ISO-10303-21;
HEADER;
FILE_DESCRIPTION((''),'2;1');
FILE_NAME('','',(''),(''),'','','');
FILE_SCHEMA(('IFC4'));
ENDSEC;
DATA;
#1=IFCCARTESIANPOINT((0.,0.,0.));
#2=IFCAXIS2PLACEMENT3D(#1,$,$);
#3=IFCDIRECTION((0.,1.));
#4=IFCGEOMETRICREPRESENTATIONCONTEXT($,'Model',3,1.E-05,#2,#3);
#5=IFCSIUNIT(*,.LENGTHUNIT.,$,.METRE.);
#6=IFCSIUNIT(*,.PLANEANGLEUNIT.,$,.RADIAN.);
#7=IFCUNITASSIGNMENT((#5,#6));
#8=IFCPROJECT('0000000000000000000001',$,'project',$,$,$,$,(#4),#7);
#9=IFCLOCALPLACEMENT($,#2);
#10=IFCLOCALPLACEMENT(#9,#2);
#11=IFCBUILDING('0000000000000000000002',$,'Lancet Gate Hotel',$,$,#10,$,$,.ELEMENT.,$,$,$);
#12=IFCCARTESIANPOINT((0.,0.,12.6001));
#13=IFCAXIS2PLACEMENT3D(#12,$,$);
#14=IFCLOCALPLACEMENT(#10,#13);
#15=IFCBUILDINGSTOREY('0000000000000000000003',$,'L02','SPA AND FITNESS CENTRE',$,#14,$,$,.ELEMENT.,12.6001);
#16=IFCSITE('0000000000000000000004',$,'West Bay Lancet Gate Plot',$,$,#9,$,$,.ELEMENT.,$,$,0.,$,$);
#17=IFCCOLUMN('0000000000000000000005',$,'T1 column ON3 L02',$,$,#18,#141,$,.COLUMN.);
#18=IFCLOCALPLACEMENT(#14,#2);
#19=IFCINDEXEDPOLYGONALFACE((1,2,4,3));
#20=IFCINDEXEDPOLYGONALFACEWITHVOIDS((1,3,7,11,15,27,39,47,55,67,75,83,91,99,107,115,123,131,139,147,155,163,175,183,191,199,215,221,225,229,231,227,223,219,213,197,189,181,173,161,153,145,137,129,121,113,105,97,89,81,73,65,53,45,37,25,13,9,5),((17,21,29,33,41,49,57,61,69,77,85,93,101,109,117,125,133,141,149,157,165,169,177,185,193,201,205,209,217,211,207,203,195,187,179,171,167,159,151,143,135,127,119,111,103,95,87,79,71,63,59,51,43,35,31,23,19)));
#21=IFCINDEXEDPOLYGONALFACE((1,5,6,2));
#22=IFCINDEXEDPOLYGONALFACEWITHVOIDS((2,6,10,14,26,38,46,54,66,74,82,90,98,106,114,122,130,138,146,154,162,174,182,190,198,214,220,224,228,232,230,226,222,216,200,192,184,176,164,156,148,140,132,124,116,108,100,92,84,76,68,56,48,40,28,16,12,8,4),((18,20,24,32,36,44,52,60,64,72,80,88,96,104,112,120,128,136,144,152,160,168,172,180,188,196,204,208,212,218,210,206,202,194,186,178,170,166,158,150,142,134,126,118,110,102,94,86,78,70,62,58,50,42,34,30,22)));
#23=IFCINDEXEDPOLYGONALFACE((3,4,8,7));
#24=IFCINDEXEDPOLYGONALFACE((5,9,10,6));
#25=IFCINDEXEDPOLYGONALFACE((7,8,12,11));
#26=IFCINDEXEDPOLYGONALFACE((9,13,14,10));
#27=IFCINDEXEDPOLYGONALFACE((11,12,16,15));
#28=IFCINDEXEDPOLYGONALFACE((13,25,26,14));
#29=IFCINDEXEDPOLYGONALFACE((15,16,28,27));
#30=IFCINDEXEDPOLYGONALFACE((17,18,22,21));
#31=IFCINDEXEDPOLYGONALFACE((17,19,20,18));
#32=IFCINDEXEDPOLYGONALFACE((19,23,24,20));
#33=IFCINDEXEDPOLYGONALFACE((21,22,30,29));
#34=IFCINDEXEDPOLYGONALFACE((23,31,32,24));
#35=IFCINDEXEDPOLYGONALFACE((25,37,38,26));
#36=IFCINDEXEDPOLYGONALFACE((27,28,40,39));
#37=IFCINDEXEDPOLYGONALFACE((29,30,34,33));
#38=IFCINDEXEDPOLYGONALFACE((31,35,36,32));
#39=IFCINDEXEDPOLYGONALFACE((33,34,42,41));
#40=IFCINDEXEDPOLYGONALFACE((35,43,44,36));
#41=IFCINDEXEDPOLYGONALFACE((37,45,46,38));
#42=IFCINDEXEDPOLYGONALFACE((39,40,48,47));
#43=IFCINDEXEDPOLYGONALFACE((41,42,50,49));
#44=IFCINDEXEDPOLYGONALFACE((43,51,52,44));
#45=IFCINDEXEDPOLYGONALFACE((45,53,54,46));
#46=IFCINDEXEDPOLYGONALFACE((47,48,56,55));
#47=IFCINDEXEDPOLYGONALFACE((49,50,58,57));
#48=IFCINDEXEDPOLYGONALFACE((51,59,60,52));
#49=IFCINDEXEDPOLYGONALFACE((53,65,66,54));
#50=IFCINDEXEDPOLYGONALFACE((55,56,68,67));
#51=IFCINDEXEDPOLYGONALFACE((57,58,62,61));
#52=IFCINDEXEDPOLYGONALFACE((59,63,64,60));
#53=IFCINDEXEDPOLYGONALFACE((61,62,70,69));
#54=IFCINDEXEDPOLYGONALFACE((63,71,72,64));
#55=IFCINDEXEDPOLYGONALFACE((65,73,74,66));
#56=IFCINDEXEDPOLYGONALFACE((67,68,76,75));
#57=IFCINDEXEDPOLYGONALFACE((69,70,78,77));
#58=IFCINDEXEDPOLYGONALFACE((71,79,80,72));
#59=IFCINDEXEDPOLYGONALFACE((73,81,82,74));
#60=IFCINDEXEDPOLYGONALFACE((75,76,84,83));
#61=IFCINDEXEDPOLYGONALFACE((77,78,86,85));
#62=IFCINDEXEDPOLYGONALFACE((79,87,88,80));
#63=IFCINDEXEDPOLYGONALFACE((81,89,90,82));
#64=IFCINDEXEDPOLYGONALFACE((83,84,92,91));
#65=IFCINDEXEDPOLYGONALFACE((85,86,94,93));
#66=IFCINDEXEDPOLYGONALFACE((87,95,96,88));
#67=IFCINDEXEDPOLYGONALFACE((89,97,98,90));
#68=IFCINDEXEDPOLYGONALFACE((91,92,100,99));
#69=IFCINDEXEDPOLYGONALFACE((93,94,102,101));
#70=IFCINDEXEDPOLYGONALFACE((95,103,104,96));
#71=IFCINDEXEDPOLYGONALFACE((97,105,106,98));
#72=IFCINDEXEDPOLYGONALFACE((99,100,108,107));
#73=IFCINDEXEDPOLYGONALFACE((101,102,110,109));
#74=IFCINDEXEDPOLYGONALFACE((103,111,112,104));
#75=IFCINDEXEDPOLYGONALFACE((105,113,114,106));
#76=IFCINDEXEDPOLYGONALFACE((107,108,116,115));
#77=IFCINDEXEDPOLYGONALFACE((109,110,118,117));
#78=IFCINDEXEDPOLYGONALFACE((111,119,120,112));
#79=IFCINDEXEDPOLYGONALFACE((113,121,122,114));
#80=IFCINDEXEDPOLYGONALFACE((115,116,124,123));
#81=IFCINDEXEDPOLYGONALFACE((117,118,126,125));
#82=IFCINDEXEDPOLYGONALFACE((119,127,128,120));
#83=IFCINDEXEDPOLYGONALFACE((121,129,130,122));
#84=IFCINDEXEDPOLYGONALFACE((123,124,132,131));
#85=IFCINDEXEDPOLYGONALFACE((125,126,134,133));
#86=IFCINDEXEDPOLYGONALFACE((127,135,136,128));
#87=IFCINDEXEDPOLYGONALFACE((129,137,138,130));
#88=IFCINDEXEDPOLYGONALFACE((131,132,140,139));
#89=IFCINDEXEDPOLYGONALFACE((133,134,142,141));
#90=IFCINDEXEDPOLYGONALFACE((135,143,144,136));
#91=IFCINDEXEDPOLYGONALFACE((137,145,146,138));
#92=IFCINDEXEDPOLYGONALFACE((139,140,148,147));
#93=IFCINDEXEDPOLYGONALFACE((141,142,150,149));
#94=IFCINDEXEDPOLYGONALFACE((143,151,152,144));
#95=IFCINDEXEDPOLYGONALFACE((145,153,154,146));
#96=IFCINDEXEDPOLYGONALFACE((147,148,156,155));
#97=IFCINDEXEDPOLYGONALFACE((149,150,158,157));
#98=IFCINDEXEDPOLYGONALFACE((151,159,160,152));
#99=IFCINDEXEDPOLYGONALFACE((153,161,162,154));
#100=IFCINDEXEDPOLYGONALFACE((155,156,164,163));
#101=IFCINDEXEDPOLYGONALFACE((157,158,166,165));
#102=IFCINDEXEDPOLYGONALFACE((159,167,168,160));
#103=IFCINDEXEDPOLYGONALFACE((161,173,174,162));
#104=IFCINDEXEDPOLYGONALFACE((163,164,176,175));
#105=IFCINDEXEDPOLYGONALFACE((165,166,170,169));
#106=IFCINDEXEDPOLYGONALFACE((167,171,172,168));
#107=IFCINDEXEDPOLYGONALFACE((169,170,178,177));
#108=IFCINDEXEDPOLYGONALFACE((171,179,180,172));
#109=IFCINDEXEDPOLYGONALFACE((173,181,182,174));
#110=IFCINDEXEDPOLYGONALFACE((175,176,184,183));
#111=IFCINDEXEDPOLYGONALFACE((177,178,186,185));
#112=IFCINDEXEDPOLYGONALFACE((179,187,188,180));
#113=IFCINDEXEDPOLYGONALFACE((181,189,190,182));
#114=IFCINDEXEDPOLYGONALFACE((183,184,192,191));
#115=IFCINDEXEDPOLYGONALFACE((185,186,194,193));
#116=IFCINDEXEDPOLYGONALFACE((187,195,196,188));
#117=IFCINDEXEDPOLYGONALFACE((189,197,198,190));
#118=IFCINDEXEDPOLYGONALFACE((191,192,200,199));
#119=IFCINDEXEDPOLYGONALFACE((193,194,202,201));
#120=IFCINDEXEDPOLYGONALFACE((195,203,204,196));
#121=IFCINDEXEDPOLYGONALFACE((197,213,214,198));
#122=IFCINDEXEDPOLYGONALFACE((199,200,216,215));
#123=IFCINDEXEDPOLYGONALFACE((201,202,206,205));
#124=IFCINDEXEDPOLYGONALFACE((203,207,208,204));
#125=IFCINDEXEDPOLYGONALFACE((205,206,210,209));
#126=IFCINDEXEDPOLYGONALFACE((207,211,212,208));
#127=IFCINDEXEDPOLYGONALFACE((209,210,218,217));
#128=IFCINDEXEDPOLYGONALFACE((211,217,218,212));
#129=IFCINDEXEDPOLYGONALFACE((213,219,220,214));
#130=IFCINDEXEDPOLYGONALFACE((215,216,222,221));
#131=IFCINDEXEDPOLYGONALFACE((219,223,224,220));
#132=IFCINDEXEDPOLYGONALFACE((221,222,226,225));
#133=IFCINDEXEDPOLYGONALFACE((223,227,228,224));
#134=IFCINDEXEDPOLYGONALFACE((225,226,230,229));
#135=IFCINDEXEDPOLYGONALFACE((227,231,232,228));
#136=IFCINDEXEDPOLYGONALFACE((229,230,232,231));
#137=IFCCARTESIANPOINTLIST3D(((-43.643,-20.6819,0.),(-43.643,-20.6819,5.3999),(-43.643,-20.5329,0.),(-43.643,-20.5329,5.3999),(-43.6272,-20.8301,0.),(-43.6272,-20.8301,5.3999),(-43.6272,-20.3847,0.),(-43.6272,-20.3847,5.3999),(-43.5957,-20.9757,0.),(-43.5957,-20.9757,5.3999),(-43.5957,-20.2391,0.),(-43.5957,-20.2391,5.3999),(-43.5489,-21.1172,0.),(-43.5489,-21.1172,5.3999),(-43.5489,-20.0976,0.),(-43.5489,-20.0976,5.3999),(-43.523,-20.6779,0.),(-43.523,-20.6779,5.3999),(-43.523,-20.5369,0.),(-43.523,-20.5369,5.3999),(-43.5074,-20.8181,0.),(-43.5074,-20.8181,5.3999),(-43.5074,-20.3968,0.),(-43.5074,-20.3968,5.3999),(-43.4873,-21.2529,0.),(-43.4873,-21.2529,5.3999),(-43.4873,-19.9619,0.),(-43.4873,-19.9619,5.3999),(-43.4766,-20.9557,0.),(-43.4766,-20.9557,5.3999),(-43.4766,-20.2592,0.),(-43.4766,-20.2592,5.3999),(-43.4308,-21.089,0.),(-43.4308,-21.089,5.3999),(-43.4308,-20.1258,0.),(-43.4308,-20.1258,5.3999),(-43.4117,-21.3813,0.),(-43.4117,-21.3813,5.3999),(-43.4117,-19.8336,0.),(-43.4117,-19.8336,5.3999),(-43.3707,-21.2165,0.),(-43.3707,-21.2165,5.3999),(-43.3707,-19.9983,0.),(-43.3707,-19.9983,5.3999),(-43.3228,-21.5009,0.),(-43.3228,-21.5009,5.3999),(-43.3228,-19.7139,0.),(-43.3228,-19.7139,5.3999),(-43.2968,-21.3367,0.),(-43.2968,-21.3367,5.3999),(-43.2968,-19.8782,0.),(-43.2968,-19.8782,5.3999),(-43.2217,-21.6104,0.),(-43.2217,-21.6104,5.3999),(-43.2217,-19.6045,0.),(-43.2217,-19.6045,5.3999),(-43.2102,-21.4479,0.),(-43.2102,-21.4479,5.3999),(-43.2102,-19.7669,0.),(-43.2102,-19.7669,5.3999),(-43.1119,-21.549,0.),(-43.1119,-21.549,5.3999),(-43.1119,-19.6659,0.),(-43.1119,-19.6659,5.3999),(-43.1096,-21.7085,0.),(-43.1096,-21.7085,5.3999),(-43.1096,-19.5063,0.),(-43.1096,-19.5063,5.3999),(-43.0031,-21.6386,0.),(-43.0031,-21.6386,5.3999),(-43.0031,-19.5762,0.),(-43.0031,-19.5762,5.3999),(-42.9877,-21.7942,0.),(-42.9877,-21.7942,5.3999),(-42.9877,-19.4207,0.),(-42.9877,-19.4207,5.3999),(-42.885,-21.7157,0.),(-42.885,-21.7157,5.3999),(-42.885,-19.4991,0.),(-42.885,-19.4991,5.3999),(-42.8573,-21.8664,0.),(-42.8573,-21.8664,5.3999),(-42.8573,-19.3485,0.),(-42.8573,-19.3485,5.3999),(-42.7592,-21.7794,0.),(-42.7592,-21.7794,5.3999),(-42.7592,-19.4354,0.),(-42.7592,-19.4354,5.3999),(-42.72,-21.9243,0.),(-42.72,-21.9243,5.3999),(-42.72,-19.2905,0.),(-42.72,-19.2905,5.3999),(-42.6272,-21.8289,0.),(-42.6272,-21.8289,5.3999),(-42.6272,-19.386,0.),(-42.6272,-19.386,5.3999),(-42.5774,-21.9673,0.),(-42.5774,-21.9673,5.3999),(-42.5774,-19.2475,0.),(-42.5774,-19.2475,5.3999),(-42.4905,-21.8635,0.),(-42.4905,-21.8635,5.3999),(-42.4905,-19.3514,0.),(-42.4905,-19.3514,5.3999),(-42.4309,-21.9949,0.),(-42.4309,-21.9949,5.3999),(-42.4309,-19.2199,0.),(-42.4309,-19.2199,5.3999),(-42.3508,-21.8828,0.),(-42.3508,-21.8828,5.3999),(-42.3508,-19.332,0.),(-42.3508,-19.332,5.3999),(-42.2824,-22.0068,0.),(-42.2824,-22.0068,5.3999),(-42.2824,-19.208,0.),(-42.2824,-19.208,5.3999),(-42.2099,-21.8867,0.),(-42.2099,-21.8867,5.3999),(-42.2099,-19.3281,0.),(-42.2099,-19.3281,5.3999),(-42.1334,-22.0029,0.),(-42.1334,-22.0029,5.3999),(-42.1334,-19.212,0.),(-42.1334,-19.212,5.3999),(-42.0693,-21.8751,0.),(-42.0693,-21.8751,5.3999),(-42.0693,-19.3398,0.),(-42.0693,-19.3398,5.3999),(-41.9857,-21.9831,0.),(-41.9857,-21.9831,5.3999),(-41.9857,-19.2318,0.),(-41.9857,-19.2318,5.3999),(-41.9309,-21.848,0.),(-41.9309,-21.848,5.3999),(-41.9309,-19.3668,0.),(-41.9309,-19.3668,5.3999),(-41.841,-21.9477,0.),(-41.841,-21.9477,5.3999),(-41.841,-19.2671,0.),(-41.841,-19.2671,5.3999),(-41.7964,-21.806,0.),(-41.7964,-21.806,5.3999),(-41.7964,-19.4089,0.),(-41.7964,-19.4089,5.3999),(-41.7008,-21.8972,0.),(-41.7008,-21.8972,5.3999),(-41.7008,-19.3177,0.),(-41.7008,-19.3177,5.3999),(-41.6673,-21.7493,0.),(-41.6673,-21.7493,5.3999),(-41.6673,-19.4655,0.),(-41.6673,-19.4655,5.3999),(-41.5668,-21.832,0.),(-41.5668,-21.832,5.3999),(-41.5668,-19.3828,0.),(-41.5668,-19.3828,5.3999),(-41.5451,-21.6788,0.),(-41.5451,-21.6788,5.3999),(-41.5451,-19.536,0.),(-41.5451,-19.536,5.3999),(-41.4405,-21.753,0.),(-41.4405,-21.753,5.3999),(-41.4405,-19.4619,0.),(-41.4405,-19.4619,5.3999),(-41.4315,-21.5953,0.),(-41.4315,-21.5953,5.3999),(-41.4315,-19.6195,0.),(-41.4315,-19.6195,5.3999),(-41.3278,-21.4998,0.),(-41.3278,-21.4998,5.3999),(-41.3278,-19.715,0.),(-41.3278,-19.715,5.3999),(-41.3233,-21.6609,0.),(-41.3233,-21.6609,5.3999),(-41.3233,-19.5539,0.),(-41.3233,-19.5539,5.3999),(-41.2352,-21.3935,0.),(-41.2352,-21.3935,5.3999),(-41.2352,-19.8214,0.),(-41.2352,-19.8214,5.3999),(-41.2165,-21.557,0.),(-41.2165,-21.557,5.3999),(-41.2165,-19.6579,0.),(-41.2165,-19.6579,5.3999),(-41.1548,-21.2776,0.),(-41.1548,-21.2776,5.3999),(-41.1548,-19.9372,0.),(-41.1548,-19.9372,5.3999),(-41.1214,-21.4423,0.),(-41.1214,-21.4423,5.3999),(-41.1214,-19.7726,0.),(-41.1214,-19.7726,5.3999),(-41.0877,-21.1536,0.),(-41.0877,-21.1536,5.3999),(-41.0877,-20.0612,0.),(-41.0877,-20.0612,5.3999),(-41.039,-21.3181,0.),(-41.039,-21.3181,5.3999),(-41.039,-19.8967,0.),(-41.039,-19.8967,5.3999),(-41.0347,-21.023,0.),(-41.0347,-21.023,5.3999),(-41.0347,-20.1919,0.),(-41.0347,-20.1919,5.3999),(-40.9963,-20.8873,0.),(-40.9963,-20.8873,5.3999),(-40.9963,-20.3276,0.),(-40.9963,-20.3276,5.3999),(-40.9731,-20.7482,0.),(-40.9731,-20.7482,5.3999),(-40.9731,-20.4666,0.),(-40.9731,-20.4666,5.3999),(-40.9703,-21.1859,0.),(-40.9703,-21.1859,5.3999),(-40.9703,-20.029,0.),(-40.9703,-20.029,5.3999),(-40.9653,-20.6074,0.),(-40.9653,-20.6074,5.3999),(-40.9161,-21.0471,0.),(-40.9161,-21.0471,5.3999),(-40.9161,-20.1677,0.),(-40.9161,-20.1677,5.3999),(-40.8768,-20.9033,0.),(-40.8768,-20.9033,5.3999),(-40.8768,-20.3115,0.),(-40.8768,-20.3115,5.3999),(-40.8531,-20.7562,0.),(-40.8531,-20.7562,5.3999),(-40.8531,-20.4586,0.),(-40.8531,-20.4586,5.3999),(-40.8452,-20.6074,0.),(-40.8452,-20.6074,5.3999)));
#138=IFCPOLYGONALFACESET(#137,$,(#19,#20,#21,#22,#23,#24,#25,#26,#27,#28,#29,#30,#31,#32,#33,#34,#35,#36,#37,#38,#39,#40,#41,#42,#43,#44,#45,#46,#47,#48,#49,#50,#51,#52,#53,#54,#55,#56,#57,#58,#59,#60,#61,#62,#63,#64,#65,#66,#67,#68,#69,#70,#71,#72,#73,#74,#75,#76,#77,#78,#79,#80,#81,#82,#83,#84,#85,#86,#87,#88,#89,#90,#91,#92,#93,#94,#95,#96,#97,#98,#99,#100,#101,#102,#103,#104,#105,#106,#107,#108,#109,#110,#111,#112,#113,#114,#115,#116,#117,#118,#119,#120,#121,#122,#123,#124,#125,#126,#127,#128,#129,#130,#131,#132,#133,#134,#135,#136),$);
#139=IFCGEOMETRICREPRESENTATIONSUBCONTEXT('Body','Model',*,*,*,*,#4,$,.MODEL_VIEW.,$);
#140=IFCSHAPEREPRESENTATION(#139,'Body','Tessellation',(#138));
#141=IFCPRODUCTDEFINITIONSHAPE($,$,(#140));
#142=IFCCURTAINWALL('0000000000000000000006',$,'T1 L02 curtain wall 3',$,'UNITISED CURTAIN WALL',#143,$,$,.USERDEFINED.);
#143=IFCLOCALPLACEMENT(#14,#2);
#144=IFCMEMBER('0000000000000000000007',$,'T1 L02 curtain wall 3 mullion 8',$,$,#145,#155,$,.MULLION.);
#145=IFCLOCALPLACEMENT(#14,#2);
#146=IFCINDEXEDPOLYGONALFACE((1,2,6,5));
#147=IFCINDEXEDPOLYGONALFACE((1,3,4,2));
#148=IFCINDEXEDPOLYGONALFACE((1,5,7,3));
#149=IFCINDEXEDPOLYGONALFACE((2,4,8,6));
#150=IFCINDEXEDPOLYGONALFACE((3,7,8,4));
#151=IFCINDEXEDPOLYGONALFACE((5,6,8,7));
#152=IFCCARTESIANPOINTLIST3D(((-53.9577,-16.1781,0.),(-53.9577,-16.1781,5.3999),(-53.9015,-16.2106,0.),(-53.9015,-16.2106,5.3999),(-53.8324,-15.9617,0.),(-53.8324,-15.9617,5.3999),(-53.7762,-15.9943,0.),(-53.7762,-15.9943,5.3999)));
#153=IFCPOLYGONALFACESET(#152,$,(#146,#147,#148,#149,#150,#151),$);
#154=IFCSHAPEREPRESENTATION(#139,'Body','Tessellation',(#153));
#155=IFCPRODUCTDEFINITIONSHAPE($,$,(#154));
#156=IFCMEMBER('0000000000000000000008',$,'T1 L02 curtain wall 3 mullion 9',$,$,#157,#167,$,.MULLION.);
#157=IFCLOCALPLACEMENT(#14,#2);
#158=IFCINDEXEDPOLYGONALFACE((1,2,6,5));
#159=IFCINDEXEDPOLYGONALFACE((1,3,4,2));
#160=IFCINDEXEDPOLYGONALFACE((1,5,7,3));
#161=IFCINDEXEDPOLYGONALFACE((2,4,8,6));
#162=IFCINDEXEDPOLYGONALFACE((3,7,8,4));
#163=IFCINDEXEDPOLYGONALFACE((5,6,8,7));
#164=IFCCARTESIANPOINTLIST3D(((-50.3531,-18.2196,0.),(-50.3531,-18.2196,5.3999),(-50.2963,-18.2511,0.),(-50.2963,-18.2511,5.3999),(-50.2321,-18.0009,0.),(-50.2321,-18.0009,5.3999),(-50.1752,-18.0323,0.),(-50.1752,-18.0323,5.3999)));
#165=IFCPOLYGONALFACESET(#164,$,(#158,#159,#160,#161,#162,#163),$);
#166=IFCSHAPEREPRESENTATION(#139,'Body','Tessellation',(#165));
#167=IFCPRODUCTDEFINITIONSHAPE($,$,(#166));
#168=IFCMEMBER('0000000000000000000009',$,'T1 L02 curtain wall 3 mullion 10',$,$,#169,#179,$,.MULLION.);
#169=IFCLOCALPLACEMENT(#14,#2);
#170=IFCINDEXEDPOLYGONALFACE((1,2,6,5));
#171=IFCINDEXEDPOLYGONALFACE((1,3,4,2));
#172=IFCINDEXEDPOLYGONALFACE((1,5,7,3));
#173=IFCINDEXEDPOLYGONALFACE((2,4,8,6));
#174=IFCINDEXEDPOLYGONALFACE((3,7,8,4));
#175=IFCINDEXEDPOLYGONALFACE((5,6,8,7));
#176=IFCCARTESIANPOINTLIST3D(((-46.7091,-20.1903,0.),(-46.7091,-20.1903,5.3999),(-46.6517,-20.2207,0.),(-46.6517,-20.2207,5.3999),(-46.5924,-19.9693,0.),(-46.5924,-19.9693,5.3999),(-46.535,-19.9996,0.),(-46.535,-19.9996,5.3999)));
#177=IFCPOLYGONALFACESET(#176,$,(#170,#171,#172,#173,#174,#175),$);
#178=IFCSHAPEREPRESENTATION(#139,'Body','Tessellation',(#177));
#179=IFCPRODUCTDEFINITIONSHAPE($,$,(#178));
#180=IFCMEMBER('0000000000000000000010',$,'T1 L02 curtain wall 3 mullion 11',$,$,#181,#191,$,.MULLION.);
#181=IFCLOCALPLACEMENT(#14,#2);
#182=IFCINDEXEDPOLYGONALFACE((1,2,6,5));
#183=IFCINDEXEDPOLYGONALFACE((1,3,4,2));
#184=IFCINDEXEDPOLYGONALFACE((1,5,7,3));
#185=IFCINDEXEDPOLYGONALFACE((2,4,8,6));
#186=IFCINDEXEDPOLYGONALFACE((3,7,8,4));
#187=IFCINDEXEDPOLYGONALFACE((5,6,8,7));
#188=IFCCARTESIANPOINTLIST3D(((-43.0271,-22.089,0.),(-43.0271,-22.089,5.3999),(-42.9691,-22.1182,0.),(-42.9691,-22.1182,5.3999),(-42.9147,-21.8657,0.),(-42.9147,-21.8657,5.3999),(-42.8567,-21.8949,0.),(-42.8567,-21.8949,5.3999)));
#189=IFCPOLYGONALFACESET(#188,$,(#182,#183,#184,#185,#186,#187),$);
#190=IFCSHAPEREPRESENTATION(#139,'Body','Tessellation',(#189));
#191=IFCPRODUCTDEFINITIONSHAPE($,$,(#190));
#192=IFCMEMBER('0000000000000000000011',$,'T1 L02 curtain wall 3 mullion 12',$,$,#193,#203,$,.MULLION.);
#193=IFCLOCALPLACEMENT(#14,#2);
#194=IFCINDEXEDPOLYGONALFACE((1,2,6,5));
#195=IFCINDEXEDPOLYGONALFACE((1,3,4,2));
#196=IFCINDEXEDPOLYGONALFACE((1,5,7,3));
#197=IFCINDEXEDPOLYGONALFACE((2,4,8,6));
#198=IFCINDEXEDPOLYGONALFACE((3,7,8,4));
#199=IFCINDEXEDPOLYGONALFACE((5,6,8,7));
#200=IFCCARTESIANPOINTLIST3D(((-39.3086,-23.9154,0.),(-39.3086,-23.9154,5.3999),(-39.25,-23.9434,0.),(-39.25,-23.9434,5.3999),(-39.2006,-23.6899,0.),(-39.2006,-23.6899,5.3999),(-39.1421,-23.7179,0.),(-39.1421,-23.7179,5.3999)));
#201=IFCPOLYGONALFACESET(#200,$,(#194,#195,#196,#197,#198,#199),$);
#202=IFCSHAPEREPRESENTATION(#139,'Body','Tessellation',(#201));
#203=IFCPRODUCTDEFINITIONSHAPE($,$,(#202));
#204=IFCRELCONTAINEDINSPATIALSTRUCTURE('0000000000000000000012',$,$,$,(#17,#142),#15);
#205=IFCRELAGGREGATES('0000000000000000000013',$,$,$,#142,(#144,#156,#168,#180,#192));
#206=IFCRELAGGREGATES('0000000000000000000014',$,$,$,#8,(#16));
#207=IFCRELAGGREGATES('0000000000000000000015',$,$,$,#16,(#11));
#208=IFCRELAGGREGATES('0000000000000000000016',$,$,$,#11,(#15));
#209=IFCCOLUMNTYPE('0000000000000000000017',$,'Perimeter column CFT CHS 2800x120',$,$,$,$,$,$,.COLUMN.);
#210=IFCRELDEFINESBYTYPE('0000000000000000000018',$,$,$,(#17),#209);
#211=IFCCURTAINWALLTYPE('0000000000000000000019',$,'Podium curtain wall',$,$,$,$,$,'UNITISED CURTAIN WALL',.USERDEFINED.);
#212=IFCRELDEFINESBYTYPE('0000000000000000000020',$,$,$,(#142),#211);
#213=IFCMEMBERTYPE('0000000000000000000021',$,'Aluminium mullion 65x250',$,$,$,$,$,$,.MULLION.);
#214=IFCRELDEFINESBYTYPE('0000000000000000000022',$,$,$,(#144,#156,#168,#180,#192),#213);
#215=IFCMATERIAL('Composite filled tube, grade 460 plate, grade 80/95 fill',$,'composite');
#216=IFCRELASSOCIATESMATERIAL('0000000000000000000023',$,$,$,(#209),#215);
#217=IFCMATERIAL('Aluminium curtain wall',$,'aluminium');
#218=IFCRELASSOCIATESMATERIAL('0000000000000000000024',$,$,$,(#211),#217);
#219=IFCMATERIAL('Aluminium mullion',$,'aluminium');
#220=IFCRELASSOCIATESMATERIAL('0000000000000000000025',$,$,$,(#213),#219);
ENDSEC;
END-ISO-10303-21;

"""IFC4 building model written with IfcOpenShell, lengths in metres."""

from ifc_helpers import new_model, si_unit, direction, frame, origin, origin_2d, place, context, subcontext, project, spatial, rectangle, hollow_circle, extrude, material, material_profile, profile_set, type_object, element, aggregate, save


model = new_model("IFC4")

# Units and contexts
model_context = context("Model", 3, precision=1e-05, world=origin(), true_north=direction((0.0, 1.0)))
body_context = subcontext(model_context, "Body", "Model", "MODEL_VIEW")
ifc_project = project(units=[si_unit("LENGTHUNIT", "METRE"), si_unit("PLANEANGLEUNIT", "RADIAN")], contexts=[model_context])

# Site, building, storey
site_placement = place(None, origin())
site = spatial("IfcSite", under=ifc_project, at=site_placement, Name="West Bay Lancet Gate Plot", CompositionType="ELEMENT", RefElevation=0.0)
building_placement = place(site_placement, origin())
building = spatial("IfcBuilding", under=site, at=building_placement, Name="Lancet Gate Hotel", CompositionType="ELEMENT")
storey_placement = place(building_placement, frame((0.0, 0.0, 12.6001)))
storey = spatial("IfcBuildingStorey", under=building, at=storey_placement, Name="L02", Description="SPA AND FITNESS CENTRE", CompositionType="ELEMENT", Elevation=12.6001)

# Column
ifc_material_1 = material(Name="Composite filled tube, grade 460 plate, grade 80/95 fill", Category="composite")
ifc_material_profile_1 = material_profile(ifc_material_1, hollow_circle(Radius=1.3999, WallThickness=0.1201, at=origin_2d()), Name="CHS 2800x120")
ifc_profile_set_1 = profile_set([ifc_material_profile_1], Name="Composite filled tube, grade 460 plate, grade 80/95 fill")
column_type = type_object("IfcColumnType", Name="Perimeter column CFT CHS 2800x120", PredefinedType="COLUMN", material=ifc_profile_set_1)
for number, where, z_axis, x_axis, name in (
    (1, (-42.2451, -20.6074, 0.0), (0.0, 0.0, 1.0), (1.0, 0.0, 0.0), "T1 column ON3 L02"),
):
    element("IfcColumn", number, at=place(storey_placement, frame(where, z_axis=z_axis, x_axis=x_axis)), inside=storey, type_object=column_type, Name=name, PredefinedType="COLUMN", context=body_context, shape_type="SweptSolid", body=[
        extrude(hollow_circle(Radius=1.3999, WallThickness=0.1201, at=origin_2d()), origin(), (0.0, 0.0, 1.0), 5.3999),
    ])

# Curtain wall, members
ifc_material_2 = material(Name="Aluminium curtain wall", Category="aluminium")
curtain_wall_type = type_object("IfcCurtainWallType", Name="Podium curtain wall", ElementType="UNITISED CURTAIN WALL", PredefinedType="USERDEFINED", material=ifc_material_2)
curtain_wall_placement = place(storey_placement, origin())
curtain_wall = element("IfcCurtainWall", 2, at=curtain_wall_placement, inside=storey, type_object=curtain_wall_type, Name="T1 L02 curtain wall 3", ObjectType="UNITISED CURTAIN WALL", PredefinedType="USERDEFINED")
ifc_material_3 = material(Name="Aluminium mullion", Category="aluminium")
ifc_material_profile_2 = material_profile(ifc_material_3, rectangle(XDim=0.0649, YDim=0.25, at=origin_2d()), Name="MULLION 65x250")
ifc_profile_set_2 = profile_set([ifc_material_profile_2], Name="Aluminium mullion")
member_type_1 = type_object("IfcMemberType", Name="Aluminium mullion 65x250", PredefinedType="MULLION", material=ifc_profile_set_2)
member_1_placement = place(storey_placement, frame((-53.8669, -16.0862, 0.0), z_axis=(0.0, 0.0, 1.0), x_axis=(0.865335, -0.501194, 0.0)))
member_1 = element("IfcMember", 3, at=member_1_placement, type_object=member_type_1, Name="T1 L02 curtain wall 3 mullion 8", PredefinedType="MULLION", context=body_context, shape_type="SweptSolid", body=[
    extrude(rectangle(XDim=0.0649, YDim=0.25, at=origin_2d()), origin(), (0.0, 0.0, 1.0), 5.3999),
])
member_2_placement = place(storey_placement, frame((-50.2642, -18.126, 0.0), z_axis=(0.0, 0.0, 1.0), x_axis=(0.874991, -0.484139, 0.0)))
member_2 = element("IfcMember", 4, at=member_2_placement, type_object=member_type_1, Name="T1 L02 curtain wall 3 mullion 9", PredefinedType="MULLION", context=body_context, shape_type="SweptSolid", body=[
    extrude(rectangle(XDim=0.0649, YDim=0.25, at=origin_2d()), origin(), (0.0, 0.0, 1.0), 5.3999),
])
member_3_placement = place(storey_placement, frame((-46.6221, -20.095, 0.0), z_axis=(0.0, 0.0, 1.0), x_axis=(0.884311, -0.466898, 0.0)))
member_3 = element("IfcMember", 5, at=member_3_placement, type_object=member_type_1, Name="T1 L02 curtain wall 3 mullion 10", PredefinedType="MULLION", context=body_context, shape_type="SweptSolid", body=[
    extrude(rectangle(XDim=0.0649, YDim=0.25, at=origin_2d()), origin(), (0.0, 0.0, 1.0), 5.3999),
])
member_4_placement = place(storey_placement, frame((-42.9419, -21.9919, 0.0), z_axis=(0.0, 0.0, 1.0), x_axis=(0.893292, -0.449478, 0.0)))
member_4 = element("IfcMember", 6, at=member_4_placement, type_object=member_type_1, Name="T1 L02 curtain wall 3 mullion 11", PredefinedType="MULLION", context=body_context, shape_type="SweptSolid", body=[
    extrude(rectangle(XDim=0.0649, YDim=0.25, at=origin_2d()), origin(), (0.0, 0.0, 1.0), 5.3999),
])
member_5_placement = place(storey_placement, frame((-39.2253, -23.8167, 0.0), z_axis=(0.0, 0.0, 1.0), x_axis=(0.901929, -0.431885, 0.0)))
member_5 = element("IfcMember", 7, at=member_5_placement, type_object=member_type_1, Name="T1 L02 curtain wall 3 mullion 12", PredefinedType="MULLION", context=body_context, shape_type="SweptSolid", body=[
    extrude(rectangle(XDim=0.0649, YDim=0.25, at=origin_2d()), origin(), (0.0, 0.0, 1.0), 5.3999),
])

aggregate(curtain_wall, [member_1, member_2, member_3, member_4, member_5])

save(model, "model.ifc")
